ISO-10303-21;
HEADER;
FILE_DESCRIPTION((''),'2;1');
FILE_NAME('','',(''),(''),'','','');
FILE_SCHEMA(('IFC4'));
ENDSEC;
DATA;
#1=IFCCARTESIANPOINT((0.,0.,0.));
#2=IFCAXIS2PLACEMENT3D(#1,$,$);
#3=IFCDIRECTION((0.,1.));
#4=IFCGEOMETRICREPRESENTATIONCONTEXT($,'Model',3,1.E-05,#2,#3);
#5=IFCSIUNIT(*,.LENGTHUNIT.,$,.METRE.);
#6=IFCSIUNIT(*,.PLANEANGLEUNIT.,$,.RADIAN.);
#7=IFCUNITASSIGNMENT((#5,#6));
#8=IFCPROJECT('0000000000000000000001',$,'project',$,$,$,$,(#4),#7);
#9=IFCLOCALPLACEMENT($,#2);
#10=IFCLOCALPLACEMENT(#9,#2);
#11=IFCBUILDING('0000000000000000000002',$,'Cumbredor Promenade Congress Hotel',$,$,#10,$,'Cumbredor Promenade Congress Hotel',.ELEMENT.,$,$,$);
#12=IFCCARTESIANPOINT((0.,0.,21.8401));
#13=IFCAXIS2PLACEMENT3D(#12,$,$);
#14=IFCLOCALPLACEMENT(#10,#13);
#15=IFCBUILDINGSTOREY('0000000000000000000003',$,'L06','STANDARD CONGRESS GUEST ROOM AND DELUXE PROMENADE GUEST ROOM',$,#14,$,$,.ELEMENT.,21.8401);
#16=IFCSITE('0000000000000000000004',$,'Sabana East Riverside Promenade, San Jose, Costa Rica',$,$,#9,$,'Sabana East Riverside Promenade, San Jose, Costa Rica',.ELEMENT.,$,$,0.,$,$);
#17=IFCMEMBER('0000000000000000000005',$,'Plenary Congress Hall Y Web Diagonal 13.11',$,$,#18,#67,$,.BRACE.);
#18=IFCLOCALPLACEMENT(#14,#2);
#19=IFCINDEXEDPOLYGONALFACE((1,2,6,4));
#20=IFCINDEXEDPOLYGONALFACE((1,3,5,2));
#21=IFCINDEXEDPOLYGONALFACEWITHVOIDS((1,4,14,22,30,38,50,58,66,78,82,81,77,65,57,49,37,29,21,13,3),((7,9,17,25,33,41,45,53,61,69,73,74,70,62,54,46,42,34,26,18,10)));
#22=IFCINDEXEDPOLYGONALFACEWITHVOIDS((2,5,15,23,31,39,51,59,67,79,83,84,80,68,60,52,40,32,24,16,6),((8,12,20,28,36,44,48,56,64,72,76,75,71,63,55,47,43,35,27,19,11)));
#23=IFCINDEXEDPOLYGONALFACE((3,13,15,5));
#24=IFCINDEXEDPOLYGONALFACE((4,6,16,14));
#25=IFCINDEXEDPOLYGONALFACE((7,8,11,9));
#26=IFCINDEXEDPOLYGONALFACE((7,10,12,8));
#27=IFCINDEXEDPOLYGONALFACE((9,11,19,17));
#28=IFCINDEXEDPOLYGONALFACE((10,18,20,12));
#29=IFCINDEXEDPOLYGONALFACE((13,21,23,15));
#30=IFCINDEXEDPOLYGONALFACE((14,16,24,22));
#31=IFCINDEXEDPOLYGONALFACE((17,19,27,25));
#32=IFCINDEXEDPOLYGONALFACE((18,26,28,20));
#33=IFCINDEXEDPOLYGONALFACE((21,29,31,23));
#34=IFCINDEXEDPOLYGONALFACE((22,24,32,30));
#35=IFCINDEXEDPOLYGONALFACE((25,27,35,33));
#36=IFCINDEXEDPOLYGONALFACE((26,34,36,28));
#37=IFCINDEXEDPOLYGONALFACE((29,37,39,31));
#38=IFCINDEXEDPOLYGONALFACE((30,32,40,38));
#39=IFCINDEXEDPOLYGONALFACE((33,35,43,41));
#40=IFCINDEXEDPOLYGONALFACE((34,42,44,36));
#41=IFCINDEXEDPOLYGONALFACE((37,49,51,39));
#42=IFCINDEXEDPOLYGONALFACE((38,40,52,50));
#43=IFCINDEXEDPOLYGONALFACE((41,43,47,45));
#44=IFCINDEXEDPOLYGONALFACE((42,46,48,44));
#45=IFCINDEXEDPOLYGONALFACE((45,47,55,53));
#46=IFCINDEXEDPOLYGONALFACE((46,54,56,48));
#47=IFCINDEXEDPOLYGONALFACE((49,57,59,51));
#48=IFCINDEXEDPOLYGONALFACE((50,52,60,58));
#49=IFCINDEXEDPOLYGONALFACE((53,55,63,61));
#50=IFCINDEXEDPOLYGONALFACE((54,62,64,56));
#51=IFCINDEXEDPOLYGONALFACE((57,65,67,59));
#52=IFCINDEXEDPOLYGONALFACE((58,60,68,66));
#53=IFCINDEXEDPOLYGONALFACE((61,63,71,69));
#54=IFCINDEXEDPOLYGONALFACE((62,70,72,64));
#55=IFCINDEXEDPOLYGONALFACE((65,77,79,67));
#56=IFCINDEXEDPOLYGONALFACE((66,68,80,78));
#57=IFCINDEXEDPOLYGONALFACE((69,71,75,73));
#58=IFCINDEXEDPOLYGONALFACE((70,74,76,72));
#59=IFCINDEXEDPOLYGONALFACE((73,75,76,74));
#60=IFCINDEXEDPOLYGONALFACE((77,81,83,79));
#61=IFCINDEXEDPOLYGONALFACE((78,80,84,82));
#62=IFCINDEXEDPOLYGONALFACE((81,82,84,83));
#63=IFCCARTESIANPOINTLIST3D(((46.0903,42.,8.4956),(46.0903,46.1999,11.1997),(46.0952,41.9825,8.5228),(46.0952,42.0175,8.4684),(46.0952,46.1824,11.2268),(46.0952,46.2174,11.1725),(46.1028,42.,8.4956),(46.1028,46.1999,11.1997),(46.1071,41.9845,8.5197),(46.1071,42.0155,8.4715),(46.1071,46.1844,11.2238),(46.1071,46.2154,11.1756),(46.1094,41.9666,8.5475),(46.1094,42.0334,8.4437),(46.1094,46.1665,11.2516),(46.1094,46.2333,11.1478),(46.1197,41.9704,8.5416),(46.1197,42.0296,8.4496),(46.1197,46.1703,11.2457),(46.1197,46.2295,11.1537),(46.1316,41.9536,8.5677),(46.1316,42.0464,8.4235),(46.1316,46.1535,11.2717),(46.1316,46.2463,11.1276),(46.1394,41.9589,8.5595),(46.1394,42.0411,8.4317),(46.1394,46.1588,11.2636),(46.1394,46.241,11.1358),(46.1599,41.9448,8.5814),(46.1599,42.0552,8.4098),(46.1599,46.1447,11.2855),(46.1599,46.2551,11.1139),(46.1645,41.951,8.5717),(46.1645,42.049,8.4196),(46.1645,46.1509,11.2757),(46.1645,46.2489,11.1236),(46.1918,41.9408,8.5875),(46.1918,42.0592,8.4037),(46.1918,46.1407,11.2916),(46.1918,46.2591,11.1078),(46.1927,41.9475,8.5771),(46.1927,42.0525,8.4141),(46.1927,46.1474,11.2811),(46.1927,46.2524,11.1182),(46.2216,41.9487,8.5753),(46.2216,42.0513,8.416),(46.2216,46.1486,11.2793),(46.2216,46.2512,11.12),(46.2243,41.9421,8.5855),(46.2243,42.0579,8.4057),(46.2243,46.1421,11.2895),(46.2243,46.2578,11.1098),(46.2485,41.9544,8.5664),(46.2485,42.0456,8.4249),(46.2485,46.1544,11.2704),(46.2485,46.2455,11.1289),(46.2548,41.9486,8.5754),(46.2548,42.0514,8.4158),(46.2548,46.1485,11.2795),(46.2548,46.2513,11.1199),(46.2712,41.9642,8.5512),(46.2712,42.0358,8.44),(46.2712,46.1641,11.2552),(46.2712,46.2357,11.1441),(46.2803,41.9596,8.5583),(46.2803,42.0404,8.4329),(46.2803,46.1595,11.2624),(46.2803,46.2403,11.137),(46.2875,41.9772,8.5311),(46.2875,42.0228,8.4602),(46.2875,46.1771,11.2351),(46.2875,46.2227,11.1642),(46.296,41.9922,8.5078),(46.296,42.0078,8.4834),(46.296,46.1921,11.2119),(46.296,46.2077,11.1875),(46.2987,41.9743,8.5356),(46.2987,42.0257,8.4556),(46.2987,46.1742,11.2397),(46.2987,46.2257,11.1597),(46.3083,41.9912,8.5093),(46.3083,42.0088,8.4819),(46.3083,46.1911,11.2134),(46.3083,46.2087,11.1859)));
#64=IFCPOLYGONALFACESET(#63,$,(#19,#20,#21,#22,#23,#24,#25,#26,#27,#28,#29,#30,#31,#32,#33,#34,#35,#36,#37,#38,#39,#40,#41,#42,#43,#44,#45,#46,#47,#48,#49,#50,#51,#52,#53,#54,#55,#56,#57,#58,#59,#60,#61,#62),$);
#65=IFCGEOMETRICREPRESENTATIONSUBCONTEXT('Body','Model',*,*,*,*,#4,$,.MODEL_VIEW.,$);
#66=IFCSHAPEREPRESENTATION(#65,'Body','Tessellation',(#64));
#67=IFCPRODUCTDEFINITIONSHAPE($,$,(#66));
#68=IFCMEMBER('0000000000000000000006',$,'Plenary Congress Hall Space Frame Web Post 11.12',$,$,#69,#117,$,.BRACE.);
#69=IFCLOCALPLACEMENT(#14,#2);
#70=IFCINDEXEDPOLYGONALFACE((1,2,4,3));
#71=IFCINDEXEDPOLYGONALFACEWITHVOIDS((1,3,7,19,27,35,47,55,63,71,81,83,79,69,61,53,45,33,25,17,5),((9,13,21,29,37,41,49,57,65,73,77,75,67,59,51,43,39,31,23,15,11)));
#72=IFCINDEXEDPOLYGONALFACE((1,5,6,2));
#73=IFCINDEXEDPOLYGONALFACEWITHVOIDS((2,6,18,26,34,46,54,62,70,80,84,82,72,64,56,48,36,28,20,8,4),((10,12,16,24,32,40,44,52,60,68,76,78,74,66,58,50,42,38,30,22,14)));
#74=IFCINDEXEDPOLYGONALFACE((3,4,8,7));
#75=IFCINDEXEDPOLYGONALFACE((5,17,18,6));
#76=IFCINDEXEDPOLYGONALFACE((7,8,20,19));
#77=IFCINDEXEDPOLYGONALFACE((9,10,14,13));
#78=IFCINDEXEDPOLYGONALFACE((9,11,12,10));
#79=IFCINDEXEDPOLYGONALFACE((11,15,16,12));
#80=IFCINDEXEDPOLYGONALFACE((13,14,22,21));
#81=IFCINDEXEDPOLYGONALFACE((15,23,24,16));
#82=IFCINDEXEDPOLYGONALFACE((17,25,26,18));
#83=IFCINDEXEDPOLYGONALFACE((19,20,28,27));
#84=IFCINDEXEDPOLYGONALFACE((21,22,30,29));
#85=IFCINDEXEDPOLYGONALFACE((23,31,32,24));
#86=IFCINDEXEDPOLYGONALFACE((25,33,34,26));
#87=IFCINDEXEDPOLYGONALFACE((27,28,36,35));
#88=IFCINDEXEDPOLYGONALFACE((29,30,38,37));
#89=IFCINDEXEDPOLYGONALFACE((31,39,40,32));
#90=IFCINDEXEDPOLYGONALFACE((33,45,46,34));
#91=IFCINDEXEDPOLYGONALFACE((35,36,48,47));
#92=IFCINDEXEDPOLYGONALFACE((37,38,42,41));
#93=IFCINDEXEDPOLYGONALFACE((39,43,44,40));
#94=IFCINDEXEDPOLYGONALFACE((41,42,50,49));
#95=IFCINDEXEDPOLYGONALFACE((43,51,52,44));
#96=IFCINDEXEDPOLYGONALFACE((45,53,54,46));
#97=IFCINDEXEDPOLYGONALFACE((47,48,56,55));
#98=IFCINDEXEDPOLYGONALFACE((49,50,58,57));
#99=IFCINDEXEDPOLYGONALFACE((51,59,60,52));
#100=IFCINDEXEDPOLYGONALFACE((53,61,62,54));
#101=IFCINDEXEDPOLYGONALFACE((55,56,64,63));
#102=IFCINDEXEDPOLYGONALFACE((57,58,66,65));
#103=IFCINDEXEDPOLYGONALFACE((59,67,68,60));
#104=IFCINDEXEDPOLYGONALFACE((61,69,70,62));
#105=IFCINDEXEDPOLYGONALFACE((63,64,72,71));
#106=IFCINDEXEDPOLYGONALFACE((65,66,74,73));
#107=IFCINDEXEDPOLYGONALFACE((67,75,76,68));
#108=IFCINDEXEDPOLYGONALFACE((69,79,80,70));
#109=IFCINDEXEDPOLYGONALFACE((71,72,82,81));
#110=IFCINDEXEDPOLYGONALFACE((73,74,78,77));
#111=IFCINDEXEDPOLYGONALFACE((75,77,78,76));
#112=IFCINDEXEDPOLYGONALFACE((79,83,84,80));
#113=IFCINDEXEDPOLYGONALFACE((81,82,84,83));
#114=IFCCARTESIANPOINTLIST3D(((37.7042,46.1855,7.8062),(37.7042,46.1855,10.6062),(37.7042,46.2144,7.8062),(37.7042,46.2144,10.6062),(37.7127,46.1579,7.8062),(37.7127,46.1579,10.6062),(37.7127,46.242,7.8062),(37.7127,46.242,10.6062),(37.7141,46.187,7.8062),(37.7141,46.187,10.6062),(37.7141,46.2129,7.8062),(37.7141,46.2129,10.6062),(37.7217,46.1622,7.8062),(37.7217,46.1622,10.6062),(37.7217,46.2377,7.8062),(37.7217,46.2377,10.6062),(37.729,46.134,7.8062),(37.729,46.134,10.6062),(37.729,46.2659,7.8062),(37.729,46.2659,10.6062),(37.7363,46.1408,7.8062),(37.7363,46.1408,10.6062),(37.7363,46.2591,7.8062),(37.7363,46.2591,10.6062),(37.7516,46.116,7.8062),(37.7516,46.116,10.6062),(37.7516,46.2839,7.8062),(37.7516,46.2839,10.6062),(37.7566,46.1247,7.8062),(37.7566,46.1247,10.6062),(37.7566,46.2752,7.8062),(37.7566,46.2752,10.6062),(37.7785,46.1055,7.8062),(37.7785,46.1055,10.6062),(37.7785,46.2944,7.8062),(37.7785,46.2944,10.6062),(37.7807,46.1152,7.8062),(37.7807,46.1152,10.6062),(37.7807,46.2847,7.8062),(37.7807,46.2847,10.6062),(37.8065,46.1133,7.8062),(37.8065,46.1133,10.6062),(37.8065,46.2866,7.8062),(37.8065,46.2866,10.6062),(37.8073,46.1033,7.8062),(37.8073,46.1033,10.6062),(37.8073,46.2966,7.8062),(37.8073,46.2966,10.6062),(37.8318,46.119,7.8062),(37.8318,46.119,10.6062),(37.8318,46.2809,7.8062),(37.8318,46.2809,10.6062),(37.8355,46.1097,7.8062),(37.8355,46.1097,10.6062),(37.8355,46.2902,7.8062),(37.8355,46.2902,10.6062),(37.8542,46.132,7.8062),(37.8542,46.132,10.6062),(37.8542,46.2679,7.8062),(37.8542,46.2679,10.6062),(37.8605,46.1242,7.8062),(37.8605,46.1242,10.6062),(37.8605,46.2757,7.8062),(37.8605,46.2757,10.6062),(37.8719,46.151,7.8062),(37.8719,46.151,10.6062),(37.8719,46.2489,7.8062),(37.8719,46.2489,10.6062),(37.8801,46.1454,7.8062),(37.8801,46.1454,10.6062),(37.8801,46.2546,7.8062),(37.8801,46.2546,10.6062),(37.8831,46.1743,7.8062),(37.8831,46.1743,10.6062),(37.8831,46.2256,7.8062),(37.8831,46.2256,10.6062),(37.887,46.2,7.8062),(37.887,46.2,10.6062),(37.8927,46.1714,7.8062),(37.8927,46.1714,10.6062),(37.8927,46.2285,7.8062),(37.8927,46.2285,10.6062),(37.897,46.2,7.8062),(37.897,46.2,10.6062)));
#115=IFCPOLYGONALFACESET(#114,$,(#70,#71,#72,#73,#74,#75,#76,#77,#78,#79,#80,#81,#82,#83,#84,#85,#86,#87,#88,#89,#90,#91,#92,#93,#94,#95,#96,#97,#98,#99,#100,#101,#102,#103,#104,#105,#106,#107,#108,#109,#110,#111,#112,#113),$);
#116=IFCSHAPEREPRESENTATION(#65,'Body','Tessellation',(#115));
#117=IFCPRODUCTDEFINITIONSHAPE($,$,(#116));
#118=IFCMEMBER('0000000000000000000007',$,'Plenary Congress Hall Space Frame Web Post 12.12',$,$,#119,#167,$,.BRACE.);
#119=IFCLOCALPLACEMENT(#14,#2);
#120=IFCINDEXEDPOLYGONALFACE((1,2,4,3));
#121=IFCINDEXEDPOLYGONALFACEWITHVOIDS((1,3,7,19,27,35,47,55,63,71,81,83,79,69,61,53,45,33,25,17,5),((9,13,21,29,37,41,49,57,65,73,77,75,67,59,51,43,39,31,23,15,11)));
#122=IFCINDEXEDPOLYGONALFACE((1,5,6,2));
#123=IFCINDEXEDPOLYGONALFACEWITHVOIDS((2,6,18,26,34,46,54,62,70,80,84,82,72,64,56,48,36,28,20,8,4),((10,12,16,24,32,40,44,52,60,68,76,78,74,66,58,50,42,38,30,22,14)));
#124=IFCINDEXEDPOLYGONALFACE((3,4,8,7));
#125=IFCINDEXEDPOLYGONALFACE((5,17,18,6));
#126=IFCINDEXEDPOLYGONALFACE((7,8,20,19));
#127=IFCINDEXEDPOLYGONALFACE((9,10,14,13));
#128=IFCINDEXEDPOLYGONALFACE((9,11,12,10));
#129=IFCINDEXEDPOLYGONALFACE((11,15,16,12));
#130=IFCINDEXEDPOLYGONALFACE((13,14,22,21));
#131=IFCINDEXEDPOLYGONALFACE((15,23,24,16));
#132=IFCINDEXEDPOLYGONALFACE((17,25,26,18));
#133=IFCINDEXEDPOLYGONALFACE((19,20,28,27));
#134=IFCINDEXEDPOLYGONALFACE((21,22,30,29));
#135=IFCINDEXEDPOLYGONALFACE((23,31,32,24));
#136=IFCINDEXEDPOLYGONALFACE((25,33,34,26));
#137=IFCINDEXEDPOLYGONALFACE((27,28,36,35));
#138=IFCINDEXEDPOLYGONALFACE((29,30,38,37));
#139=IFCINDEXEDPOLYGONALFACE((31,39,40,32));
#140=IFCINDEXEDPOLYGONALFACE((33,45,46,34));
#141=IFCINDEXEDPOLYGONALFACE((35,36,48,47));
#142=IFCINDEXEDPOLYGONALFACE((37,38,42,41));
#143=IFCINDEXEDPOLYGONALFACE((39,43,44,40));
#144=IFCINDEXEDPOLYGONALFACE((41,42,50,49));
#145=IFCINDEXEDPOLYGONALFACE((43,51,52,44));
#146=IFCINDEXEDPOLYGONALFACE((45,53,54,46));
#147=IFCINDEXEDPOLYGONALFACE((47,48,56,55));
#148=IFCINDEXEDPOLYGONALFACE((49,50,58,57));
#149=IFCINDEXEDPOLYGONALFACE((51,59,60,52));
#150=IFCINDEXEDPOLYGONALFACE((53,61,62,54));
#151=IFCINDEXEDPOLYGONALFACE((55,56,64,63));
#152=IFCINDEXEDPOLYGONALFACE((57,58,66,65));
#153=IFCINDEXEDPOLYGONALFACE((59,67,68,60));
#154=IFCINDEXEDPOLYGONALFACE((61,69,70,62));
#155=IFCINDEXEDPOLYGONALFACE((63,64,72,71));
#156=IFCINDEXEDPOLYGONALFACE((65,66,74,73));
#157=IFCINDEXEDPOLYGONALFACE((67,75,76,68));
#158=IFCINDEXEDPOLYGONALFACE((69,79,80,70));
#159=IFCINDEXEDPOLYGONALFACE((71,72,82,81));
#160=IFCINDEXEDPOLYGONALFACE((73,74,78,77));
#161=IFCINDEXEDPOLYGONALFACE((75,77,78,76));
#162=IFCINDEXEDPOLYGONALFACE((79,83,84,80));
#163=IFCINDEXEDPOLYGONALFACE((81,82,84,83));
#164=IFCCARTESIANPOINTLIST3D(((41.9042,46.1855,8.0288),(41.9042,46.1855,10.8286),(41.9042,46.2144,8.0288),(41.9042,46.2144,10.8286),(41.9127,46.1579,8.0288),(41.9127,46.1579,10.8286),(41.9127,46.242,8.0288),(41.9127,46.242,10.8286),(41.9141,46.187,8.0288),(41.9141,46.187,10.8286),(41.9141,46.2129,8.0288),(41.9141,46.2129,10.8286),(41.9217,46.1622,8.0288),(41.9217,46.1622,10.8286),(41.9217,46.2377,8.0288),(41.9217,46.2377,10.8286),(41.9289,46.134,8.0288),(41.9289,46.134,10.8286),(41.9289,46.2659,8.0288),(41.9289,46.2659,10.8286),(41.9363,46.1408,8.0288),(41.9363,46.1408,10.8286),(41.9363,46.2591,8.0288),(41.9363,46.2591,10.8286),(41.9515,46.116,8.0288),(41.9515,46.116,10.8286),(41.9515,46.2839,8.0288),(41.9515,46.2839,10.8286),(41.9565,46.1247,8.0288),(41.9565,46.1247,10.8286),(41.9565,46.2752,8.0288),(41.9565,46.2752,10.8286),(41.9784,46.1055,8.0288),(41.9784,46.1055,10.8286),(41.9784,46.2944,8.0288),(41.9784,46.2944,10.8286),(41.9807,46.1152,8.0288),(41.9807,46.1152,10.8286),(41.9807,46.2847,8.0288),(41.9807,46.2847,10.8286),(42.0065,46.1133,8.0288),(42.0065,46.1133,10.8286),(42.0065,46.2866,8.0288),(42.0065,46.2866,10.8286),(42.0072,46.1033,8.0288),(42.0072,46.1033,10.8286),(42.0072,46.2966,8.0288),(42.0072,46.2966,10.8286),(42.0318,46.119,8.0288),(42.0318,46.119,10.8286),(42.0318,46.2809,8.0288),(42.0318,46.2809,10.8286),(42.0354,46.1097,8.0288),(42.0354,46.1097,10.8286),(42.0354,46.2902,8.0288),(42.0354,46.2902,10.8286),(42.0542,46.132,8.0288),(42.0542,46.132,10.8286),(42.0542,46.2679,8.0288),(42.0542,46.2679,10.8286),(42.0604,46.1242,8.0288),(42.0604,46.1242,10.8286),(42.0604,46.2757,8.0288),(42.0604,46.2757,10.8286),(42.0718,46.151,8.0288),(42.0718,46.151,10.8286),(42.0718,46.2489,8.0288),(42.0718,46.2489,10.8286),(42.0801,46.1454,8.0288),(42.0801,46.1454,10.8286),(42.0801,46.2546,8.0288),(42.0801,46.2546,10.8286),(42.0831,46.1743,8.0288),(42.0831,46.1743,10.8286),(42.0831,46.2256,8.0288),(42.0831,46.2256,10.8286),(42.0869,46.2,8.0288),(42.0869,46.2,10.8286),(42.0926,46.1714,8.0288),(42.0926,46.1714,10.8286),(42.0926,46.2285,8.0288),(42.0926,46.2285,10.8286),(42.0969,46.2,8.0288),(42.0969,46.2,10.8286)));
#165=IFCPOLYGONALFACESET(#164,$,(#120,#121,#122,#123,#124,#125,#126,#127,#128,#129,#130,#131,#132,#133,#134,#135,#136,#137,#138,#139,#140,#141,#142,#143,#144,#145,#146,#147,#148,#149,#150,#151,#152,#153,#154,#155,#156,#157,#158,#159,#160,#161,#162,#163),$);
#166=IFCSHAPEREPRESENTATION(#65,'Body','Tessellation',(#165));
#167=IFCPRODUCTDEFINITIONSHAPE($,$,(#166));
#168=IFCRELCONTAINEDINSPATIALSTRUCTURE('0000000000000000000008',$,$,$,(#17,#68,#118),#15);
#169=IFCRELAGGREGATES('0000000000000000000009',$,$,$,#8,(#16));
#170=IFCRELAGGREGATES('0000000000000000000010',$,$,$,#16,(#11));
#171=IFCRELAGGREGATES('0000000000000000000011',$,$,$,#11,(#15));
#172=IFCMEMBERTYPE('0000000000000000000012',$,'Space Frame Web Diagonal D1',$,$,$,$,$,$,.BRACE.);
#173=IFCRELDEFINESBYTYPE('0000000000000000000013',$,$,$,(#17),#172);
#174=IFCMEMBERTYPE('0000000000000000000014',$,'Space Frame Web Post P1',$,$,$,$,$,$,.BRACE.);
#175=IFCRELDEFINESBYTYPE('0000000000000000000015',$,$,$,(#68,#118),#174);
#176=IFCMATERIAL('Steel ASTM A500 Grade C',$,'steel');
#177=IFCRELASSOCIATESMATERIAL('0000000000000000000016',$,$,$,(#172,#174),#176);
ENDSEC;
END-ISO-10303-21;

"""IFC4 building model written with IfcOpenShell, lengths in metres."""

from ifc_helpers import new_model, si_unit, direction, frame, origin, origin_2d, place, context, subcontext, project, spatial, hollow_circle, extrude, material, material_profile, profile_set, type_object, element, save


model = new_model("IFC4")

# Units and contexts
model_context = context("Model", 3, precision=1e-05, world=origin(), true_north=direction((0.0, 1.0)))
body_context = subcontext(model_context, "Body", "Model", "MODEL_VIEW")
ifc_project = project(units=[si_unit("LENGTHUNIT", "METRE"), si_unit("PLANEANGLEUNIT", "RADIAN")], contexts=[model_context])

# Site, building, storey
site_placement = place(None, origin())
site = spatial("IfcSite", under=ifc_project, at=site_placement, Name="Sabana East Riverside Promenade, San Jose, Costa Rica", LongName="Sabana East Riverside Promenade, San Jose, Costa Rica", CompositionType="ELEMENT", RefElevation=0.0)
building_placement = place(site_placement, origin())
building = spatial("IfcBuilding", under=site, at=building_placement, Name="Cumbredor Promenade Congress Hotel", LongName="Cumbredor Promenade Congress Hotel", CompositionType="ELEMENT")
storey_placement = place(building_placement, frame((0.0, 0.0, 21.8401)))
storey = spatial("IfcBuildingStorey", under=building, at=storey_placement, Name="L06", Description="STANDARD CONGRESS GUEST ROOM AND DELUXE PROMENADE GUEST ROOM", CompositionType="ELEMENT", Elevation=21.8401)

# Members
ifc_material_1 = material(Name="Steel ASTM A500 Grade C", Category="steel")
ifc_material_profile_1 = material_profile(ifc_material_1, hollow_circle(Radius=0.1096, WallThickness=0.0125, at=origin_2d()), Name="CHS 219.1x12.5")
ifc_profile_set_1 = profile_set([ifc_material_profile_1], Name="Steel ASTM A500 Grade C")
member_type_1 = type_object("IfcMemberType", Name="Space Frame Web Diagonal D1", PredefinedType="BRACE", material=ifc_profile_set_1)
member_1_placement = place(storey_placement, frame((46.2, 42.0, 8.4956), z_axis=(0.0, 0.840802, 0.541343), x_axis=(-1.0, 0.0, 0.0)))
element("IfcMember", 1, at=member_1_placement, inside=storey, type_object=member_type_1, Name="Plenary Congress Hall Y Web Diagonal 13.11", PredefinedType="BRACE", context=body_context, shape_type="SweptSolid", body=[
    extrude(hollow_circle(Radius=0.1096, WallThickness=0.0125, at=origin_2d()), origin(), (0.0, 0.0, 1.0), 4.9951),
])
ifc_material_profile_2 = material_profile(ifc_material_1, hollow_circle(Radius=0.0969, WallThickness=0.01, at=origin_2d()), Name="CHS 193.7x10")
ifc_profile_set_2 = profile_set([ifc_material_profile_2], Name="Steel ASTM A500 Grade C")
member_type_2 = type_object("IfcMemberType", Name="Space Frame Web Post P1", PredefinedType="BRACE", material=ifc_profile_set_2)
member_2_placement = place(storey_placement, frame((37.8, 46.2, 7.8062), z_axis=(0.0, 0.0, 1.0), x_axis=(1.0, 0.0, 0.0)))
element("IfcMember", 2, at=member_2_placement, inside=storey, type_object=member_type_2, Name="Plenary Congress Hall Space Frame Web Post 11.12", PredefinedType="BRACE", context=body_context, shape_type="SweptSolid", body=[
    extrude(hollow_circle(Radius=0.0969, WallThickness=0.01, at=origin_2d()), origin(), (0.0, 0.0, 1.0), 2.8),
])
for number, where, z_axis, x_axis, name in (
    (3, (42.0, 46.2, 8.0288), (0.0, 0.0, 1.0), (1.0, 0.0, 0.0), "Plenary Congress Hall Space Frame Web Post 12.12"),
):
    element("IfcMember", number, at=place(storey_placement, frame(where, z_axis=z_axis, x_axis=x_axis)), inside=storey, type_object=member_type_2, Name=name, PredefinedType="BRACE", context=body_context, shape_type="SweptSolid", body=[
        extrude(hollow_circle(Radius=0.0969, WallThickness=0.01, at=origin_2d()), origin(), (0.0, 0.0, 1.0), 2.7998),
    ])

save(model, "model.ifc")
